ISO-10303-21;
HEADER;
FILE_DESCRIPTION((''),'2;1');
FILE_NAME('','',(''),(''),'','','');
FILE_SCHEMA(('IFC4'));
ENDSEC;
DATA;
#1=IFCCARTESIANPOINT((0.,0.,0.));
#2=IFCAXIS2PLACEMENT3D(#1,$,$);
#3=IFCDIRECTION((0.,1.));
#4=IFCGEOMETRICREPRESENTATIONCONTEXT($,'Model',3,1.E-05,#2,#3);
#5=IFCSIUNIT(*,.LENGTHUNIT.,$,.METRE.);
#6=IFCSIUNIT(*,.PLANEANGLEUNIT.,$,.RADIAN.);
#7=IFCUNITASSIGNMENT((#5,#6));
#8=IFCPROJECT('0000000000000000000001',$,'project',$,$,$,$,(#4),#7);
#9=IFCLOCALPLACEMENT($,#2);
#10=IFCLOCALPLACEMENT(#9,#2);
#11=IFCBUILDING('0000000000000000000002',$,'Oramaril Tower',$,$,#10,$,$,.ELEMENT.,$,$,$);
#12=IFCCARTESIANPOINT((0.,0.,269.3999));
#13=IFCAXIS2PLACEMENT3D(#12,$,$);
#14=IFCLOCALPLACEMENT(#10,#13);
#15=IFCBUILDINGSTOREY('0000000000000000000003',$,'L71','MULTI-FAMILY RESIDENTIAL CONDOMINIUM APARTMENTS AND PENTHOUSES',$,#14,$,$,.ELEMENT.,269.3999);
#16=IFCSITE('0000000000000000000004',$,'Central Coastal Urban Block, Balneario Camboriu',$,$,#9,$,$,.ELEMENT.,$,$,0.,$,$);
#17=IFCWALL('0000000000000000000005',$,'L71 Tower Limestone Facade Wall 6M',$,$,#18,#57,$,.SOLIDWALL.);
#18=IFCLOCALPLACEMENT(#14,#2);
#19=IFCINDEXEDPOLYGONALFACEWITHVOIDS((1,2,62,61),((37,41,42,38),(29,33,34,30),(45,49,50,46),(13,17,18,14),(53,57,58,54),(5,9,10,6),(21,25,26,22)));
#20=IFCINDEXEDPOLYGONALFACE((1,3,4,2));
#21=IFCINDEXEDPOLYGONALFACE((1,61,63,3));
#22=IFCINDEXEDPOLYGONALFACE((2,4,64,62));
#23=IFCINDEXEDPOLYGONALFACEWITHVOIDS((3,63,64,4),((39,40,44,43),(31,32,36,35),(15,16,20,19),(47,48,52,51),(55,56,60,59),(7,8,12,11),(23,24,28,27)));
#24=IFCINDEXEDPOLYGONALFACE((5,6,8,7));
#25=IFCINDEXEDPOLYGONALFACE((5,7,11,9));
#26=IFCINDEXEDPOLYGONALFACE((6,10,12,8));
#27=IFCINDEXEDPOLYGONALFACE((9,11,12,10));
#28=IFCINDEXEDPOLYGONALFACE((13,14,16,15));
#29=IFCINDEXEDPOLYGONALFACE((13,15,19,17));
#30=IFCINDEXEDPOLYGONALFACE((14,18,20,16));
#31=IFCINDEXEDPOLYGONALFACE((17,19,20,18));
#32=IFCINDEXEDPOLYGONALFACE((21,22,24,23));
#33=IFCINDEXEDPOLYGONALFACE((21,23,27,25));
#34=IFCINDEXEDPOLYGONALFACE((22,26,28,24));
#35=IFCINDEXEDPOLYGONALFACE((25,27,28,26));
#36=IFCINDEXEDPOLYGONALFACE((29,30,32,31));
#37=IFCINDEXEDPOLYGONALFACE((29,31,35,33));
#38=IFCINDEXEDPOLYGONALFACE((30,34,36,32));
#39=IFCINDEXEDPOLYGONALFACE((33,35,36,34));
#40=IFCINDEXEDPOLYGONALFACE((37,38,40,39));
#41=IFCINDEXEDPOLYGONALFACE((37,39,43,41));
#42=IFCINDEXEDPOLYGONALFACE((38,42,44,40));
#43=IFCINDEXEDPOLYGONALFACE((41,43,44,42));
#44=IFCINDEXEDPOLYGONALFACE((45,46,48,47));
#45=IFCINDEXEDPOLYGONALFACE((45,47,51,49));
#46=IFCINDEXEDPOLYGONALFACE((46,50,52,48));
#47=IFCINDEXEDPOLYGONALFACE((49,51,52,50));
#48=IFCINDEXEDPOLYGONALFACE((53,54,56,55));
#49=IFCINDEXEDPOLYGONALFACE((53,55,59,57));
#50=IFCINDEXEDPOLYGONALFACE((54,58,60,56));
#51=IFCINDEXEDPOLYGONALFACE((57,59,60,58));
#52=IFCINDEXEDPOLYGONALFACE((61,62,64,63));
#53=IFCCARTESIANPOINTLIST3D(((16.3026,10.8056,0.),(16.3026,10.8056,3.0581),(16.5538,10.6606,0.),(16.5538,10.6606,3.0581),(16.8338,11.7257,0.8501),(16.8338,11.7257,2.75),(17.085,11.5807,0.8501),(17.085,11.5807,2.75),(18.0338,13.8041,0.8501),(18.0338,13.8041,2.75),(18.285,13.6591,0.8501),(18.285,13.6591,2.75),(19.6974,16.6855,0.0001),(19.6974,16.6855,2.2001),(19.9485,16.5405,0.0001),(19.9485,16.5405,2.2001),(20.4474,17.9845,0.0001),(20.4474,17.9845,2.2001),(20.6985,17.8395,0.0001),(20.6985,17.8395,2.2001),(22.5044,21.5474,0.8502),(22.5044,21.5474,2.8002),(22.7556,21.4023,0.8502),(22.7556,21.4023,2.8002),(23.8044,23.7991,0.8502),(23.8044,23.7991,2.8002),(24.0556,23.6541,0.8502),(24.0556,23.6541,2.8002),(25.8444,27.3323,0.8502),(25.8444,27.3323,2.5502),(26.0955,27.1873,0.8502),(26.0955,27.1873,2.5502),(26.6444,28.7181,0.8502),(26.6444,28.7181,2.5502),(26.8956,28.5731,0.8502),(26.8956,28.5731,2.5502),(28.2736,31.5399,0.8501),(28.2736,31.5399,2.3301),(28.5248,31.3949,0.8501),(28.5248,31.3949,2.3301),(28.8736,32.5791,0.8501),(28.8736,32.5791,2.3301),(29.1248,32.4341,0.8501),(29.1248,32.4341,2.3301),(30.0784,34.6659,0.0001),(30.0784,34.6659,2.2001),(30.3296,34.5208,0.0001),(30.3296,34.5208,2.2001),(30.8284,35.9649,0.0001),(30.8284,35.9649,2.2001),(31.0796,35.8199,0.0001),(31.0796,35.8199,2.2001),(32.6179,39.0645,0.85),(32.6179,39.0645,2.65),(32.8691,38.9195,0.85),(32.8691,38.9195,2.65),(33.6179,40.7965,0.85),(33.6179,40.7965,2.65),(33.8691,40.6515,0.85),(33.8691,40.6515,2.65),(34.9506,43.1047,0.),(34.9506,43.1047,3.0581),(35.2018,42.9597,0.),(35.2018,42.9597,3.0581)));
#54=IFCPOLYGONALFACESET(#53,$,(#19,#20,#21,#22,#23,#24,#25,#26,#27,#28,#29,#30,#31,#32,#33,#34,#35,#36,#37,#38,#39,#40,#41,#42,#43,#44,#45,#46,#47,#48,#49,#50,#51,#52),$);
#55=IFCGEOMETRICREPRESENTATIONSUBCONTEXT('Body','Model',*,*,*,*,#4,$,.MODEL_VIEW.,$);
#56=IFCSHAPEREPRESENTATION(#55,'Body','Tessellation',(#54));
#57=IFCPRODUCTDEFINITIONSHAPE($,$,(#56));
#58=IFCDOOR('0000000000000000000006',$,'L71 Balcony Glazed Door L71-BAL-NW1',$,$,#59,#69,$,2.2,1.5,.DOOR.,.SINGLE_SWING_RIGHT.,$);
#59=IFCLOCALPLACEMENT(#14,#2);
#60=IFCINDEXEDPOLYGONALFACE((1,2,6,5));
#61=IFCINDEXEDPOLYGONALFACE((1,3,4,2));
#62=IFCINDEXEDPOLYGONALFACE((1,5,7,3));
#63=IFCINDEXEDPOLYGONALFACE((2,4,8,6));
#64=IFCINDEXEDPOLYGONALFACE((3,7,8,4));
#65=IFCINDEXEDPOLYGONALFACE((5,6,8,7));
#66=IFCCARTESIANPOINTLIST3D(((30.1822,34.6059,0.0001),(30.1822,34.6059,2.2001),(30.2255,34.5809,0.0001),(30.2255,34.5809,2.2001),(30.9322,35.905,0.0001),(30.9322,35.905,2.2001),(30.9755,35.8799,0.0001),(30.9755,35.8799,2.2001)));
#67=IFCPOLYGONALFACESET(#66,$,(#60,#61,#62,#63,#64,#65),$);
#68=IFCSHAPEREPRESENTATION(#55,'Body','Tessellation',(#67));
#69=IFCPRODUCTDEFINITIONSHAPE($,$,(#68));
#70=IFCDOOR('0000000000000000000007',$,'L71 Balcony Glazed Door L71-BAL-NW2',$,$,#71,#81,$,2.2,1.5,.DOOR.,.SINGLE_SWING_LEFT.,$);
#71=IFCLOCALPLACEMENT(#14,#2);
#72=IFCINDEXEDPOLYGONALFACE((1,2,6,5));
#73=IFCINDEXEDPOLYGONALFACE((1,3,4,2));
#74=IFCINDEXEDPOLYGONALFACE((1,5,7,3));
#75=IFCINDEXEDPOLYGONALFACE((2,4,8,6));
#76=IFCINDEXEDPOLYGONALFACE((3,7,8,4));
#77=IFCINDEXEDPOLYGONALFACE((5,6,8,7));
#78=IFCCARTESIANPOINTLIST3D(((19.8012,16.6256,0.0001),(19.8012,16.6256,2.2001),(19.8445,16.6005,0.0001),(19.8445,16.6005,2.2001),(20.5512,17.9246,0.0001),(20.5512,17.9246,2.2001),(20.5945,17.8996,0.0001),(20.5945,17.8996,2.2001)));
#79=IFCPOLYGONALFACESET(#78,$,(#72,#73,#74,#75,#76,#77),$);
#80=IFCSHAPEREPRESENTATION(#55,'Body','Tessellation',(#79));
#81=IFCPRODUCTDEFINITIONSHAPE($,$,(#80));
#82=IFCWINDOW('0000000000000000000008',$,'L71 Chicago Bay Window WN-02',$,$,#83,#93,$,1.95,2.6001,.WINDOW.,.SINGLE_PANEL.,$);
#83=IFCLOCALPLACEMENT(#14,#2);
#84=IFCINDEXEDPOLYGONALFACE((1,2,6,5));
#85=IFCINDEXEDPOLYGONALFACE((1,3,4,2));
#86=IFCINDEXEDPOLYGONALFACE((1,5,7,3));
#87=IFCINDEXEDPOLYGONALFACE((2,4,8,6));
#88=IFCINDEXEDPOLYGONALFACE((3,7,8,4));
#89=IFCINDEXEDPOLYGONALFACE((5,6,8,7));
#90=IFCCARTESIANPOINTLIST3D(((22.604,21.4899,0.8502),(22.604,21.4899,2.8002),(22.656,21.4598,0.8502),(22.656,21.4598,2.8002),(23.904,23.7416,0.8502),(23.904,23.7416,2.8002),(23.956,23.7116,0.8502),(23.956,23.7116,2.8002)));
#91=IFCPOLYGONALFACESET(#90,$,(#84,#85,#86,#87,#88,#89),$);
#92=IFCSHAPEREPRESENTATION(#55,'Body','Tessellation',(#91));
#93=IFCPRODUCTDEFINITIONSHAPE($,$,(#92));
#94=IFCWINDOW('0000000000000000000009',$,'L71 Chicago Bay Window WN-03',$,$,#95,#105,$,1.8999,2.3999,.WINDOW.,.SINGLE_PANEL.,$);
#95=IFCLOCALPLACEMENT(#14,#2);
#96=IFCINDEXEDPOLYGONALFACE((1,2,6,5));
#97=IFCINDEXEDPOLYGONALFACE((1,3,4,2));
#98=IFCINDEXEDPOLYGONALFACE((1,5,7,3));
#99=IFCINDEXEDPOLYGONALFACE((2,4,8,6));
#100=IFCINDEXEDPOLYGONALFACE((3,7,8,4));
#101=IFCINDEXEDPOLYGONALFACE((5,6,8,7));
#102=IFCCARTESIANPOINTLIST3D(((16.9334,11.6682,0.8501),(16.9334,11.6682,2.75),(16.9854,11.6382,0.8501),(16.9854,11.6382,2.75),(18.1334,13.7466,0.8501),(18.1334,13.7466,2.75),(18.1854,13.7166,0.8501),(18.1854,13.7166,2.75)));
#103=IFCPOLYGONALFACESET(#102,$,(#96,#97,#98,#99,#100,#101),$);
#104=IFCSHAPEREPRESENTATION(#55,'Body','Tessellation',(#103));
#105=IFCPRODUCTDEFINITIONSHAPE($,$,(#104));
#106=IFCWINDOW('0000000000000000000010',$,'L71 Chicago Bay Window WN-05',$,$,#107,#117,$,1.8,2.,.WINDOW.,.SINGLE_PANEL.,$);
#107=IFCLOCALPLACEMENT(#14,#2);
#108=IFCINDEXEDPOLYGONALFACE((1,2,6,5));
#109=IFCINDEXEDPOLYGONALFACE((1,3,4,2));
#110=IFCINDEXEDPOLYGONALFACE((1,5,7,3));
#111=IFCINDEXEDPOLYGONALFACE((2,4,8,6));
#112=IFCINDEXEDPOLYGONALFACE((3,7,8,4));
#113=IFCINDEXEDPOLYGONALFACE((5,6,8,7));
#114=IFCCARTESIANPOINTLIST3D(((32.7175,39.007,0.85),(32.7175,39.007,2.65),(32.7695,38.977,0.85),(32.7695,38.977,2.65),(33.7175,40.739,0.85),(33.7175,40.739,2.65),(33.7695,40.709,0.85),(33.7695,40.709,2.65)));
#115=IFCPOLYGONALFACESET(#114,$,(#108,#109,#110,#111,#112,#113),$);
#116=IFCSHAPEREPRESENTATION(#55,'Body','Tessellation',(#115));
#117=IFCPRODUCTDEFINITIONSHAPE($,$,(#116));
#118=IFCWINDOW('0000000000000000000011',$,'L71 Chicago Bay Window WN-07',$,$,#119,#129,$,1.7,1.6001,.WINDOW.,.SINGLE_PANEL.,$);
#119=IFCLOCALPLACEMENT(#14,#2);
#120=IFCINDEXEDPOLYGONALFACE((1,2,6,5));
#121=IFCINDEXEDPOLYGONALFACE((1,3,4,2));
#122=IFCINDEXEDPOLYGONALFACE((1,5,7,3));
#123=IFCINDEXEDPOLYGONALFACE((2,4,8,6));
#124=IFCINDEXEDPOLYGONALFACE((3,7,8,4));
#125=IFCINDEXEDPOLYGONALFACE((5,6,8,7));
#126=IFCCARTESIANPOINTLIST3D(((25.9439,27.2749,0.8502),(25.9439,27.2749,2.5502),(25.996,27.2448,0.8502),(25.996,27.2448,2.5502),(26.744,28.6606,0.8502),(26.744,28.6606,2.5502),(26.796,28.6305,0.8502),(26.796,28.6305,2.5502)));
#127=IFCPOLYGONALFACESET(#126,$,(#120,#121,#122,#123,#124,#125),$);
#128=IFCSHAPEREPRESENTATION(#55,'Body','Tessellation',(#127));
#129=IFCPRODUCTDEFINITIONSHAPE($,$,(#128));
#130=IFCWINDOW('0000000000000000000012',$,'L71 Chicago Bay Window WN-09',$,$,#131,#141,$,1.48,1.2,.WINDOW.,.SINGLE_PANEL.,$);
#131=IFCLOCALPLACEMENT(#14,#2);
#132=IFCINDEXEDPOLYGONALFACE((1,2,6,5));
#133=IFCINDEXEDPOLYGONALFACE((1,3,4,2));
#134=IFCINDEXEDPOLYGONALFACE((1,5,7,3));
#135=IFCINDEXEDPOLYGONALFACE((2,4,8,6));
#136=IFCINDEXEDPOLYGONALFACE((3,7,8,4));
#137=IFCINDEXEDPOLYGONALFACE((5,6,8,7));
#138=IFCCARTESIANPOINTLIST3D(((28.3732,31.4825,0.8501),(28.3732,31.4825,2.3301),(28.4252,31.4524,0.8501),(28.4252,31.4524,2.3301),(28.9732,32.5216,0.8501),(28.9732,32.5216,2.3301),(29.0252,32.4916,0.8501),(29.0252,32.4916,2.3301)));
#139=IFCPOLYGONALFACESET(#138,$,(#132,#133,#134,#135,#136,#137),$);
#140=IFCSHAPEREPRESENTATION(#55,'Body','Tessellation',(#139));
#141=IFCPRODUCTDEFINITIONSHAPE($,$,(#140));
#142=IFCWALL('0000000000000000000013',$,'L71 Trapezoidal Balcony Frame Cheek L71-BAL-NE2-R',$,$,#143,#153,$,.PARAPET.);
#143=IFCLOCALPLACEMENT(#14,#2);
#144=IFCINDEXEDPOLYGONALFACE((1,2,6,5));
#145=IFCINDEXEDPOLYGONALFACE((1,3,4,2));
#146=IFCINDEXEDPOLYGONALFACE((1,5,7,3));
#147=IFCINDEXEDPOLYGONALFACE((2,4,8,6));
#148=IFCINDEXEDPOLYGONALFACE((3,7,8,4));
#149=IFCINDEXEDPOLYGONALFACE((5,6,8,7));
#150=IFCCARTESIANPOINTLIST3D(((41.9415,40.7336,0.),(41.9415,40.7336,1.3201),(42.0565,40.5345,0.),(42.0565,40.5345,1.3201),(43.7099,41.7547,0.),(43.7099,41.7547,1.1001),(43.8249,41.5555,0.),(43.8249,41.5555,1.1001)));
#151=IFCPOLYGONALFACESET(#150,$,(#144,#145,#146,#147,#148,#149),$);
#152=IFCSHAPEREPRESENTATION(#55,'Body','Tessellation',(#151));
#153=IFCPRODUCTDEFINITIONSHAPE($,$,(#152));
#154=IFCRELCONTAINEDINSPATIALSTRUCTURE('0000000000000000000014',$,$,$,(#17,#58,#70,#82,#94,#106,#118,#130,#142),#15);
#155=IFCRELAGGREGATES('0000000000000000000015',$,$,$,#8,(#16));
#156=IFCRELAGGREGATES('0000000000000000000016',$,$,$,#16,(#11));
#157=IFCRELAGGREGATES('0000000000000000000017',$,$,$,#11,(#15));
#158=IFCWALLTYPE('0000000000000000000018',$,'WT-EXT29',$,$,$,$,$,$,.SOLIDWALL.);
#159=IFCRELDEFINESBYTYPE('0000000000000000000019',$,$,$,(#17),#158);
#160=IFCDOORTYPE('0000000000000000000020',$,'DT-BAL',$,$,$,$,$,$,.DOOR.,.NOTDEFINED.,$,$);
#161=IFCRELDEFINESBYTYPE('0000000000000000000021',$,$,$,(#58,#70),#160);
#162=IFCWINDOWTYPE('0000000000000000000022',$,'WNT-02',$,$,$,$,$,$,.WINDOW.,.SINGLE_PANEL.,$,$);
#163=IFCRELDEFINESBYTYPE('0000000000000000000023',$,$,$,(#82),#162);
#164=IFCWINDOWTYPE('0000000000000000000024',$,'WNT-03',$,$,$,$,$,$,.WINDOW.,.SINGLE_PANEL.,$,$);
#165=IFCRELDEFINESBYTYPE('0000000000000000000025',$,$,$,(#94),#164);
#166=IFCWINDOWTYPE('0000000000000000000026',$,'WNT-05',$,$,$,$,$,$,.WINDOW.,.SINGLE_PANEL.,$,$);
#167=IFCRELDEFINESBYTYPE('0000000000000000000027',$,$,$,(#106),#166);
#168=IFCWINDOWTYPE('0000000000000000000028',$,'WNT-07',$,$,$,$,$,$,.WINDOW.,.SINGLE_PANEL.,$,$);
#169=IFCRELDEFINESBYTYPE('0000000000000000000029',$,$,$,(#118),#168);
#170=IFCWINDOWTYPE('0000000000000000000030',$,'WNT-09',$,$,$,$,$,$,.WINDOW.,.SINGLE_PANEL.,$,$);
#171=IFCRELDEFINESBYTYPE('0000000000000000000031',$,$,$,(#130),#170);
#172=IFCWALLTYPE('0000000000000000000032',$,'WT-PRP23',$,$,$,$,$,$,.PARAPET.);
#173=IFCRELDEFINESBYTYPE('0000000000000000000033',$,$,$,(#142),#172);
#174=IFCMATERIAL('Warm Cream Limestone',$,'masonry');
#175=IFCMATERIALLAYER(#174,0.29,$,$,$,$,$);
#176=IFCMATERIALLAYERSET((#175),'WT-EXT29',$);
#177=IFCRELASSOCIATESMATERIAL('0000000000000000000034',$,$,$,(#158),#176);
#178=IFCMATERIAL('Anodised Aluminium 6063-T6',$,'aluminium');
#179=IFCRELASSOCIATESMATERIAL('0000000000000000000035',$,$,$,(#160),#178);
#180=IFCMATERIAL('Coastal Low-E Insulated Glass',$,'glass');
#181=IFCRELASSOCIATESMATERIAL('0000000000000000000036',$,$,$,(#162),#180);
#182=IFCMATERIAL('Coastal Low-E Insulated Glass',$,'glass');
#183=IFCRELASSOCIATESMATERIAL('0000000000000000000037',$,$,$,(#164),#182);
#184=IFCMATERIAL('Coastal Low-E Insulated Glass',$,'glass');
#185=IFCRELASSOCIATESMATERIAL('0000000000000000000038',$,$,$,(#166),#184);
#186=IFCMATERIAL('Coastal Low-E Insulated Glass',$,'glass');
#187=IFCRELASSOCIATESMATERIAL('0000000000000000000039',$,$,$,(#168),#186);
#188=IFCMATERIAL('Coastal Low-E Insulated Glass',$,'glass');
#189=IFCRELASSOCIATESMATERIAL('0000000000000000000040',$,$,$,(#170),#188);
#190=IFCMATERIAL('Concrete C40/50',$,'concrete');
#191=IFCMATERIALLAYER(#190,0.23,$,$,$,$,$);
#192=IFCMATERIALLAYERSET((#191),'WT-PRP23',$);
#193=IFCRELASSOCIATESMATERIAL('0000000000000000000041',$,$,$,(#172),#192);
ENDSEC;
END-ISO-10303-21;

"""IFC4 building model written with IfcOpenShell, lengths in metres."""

from ifc_helpers import new_model, si_unit, direction, frame, frame_2d, origin, place, context, subcontext, project, spatial, polyline, rectangle, outline, extrude, material, layer, layer_set, type_object, element, fill, save


model = new_model("IFC4")

# Units and contexts
model_context = context("Model", 3, precision=1e-05, world=origin(), true_north=direction((0.0, 1.0)))
body_context = subcontext(model_context, "Body", "Model", "MODEL_VIEW")
ifc_project = project(units=[si_unit("LENGTHUNIT", "METRE"), si_unit("PLANEANGLEUNIT", "RADIAN")], contexts=[model_context])

# Site, building, storey
site_placement = place(None, origin())
site = spatial("IfcSite", under=ifc_project, at=site_placement, Name="Central Coastal Urban Block, Balneario Camboriu", CompositionType="ELEMENT", RefElevation=0.0)
building_placement = place(site_placement, origin())
building = spatial("IfcBuilding", under=site, at=building_placement, Name="Oramaril Tower", CompositionType="ELEMENT")
storey_placement = place(building_placement, frame((0.0, 0.0, 269.3999)))
storey = spatial("IfcBuildingStorey", under=building, at=storey_placement, Name="L71", Description="MULTI-FAMILY RESIDENTIAL CONDOMINIUM APARTMENTS AND PENTHOUSES", CompositionType="ELEMENT", Elevation=269.3999)

# Shared definitions
ifc_material_1 = material(Name="Warm Cream Limestone", Category="masonry")
ifc_layer_1 = layer(ifc_material_1, 0.29)
ifc_layer_set_1 = layer_set([ifc_layer_1], Name="WT-EXT29")
wall_type_1 = type_object("IfcWallType", Name="WT-EXT29", PredefinedType="SOLIDWALL", material=ifc_layer_set_1)

# Wall, openings, doors, windows
wall_1_placement = place(storey_placement, frame((35.0762, 43.0322, 0.0), z_axis=(0.0, 0.0, 1.0), x_axis=(-0.500001, -0.866025, 0.0)))
wall_1 = element("IfcWall", 1, at=wall_1_placement, inside=storey, type_object=wall_type_1, Name="L71 Tower Limestone Facade Wall 6M", PredefinedType="SOLIDWALL", context=body_context, shape_type="SweptSolid", body=[
    extrude(rectangle(XDim=37.2959, YDim=0.29, at=frame_2d((18.6479, 0.0))), origin(), (0.0, 0.0, 1.0), 3.0581),
])
opening_1_placement = place(wall_1_placement, frame((8.2444, 0.0, 0.0)))
opening_1 = element("IfcOpeningElement", 2, at=opening_1_placement, cuts=wall_1, PredefinedType="OPENING", context=body_context, shape_type="SweptSolid", body=[
    extrude(rectangle(XDim=1.5, YDim=2.2, at=frame_2d((0.75, 1.1001))), frame((0.0, 0.145, 0.0), z_axis=(0.0, -1.0, 0.0), x_axis=(1.0, 0.0, 0.0)), (0.0, 0.0, 1.0), 0.29),
])
opening_2_placement = place(wall_1_placement, frame((29.0063, 0.0, 0.0)))
opening_2 = element("IfcOpeningElement", 3, at=opening_2_placement, cuts=wall_1, PredefinedType="OPENING", context=body_context, shape_type="SweptSolid", body=[
    extrude(rectangle(XDim=1.5, YDim=2.2, at=frame_2d((0.75, 1.1001))), frame((0.0, 0.145, 0.0), z_axis=(0.0, -1.0, 0.0), x_axis=(1.0, 0.0, 0.0)), (0.0, 0.0, 1.0), 0.29),
])
opening_3_placement = place(wall_1_placement, frame((22.2922, 0.0, 0.8501)))
opening_3 = element("IfcOpeningElement", 4, at=opening_3_placement, cuts=wall_1, PredefinedType="OPENING", context=body_context, shape_type="SweptSolid", body=[
    extrude(rectangle(XDim=2.6001, YDim=1.95, at=frame_2d((1.3, 0.9751))), frame((0.0, 0.145, 0.0), z_axis=(0.0, -1.0, 0.0), x_axis=(1.0, 0.0, 0.0)), (0.0, 0.0, 1.0), 0.29),
])
opening_4_placement = place(wall_1_placement, frame((33.8335, 0.0, 0.8501)))
opening_4 = element("IfcOpeningElement", 5, at=opening_4_placement, cuts=wall_1, PredefinedType="OPENING", context=body_context, shape_type="SweptSolid", body=[
    extrude(rectangle(XDim=2.3999, YDim=1.8999, at=frame_2d((1.2, 0.95))), frame((0.0, 0.145, 0.0), z_axis=(0.0, -1.0, 0.0), x_axis=(1.0, 0.0, 0.0)), (0.0, 0.0, 1.0), 0.29),
])
opening_5_placement = place(wall_1_placement, frame((12.1538, 0.0, 0.8501)))
opening_5 = element("IfcOpeningElement", 6, at=opening_5_placement, cuts=wall_1, PredefinedType="OPENING", context=body_context, shape_type="SweptSolid", body=[
    extrude(rectangle(XDim=1.2, YDim=1.48, at=frame_2d((0.6001, 0.74))), frame((0.0, 0.145, 0.0), z_axis=(0.0, -1.0, 0.0), x_axis=(1.0, 0.0, 0.0)), (0.0, 0.0, 1.0), 0.29),
])
opening_6_placement = place(wall_1_placement, frame((16.6123, 0.0, 0.8501)))
opening_6 = element("IfcOpeningElement", 7, at=opening_6_placement, cuts=wall_1, PredefinedType="OPENING", context=body_context, shape_type="SweptSolid", body=[
    extrude(rectangle(XDim=1.6001, YDim=1.7, at=frame_2d((0.8, 0.8501))), frame((0.0, 0.145, 0.0), z_axis=(0.0, -1.0, 0.0), x_axis=(1.0, 0.0, 0.0)), (0.0, 0.0, 1.0), 0.29),
])
opening_7_placement = place(wall_1_placement, frame((2.6653, 0.0, 0.8501)))
opening_7 = element("IfcOpeningElement", 8, at=opening_7_placement, cuts=wall_1, PredefinedType="OPENING", context=body_context, shape_type="SweptSolid", body=[
    extrude(rectangle(XDim=2.0, YDim=1.8, at=frame_2d((1.0, 0.8999))), frame((0.0, 0.145, 0.0), z_axis=(0.0, -1.0, 0.0), x_axis=(1.0, 0.0, 0.0)), (0.0, 0.0, 1.0), 0.29),
])
ifc_material_2 = material(Name="Anodised Aluminium 6063-T6", Category="aluminium")
door_type = type_object("IfcDoorType", Name="DT-BAL", OperationType="NOTDEFINED", PredefinedType="DOOR", material=ifc_material_2)
door_1_placement = place(opening_1_placement, origin())
door_1 = element("IfcDoor", 9, at=door_1_placement, inside=storey, type_object=door_type, Name="L71 Balcony Glazed Door L71-BAL-NW1", OperationType="SINGLE_SWING_RIGHT", OverallHeight=2.2, OverallWidth=1.5, PredefinedType="DOOR", context=body_context, shape_type="SweptSolid", body=[
    extrude(rectangle(XDim=1.5, YDim=2.2, at=frame_2d((0.75, 1.1001))), frame((0.0, 0.0249, 0.0), z_axis=(0.0, -1.0, 0.0), x_axis=(1.0, 0.0, 0.0)), (0.0, 0.0, 1.0), 0.05),
])
fill(opening_1, door_1)
door_2_placement = place(opening_2_placement, origin())
door_2 = element("IfcDoor", 10, at=door_2_placement, inside=storey, type_object=door_type, Name="L71 Balcony Glazed Door L71-BAL-NW2", OperationType="SINGLE_SWING_LEFT", OverallHeight=2.2, OverallWidth=1.5, PredefinedType="DOOR", context=body_context, shape_type="SweptSolid", body=[
    extrude(rectangle(XDim=1.5, YDim=2.2, at=frame_2d((0.75, 1.1001))), frame((0.0, 0.0249, 0.0), z_axis=(0.0, -1.0, 0.0), x_axis=(1.0, 0.0, 0.0)), (0.0, 0.0, 1.0), 0.05),
])
fill(opening_2, door_2)
ifc_material_3 = material(Name="Coastal Low-E Insulated Glass", Category="glass")
window_type_1 = type_object("IfcWindowType", Name="WNT-02", PartitioningType="SINGLE_PANEL", PredefinedType="WINDOW", material=ifc_material_3)
window_1_placement = place(opening_3_placement, origin())
window_1 = element("IfcWindow", 11, at=window_1_placement, inside=storey, type_object=window_type_1, Name="L71 Chicago Bay Window WN-02", OverallHeight=1.95, OverallWidth=2.6001, PartitioningType="SINGLE_PANEL", PredefinedType="WINDOW", context=body_context, shape_type="SweptSolid", body=[
    extrude(rectangle(XDim=2.6001, YDim=1.95, at=frame_2d((1.3, 0.9751))), frame((0.0, 0.03, 0.0), z_axis=(0.0, -1.0, 0.0), x_axis=(1.0, 0.0, 0.0)), (0.0, 0.0, 1.0), 0.0601),
])
fill(opening_3, window_1)
ifc_material_4 = material(Name="Coastal Low-E Insulated Glass", Category="glass")
window_type_2 = type_object("IfcWindowType", Name="WNT-03", PartitioningType="SINGLE_PANEL", PredefinedType="WINDOW", material=ifc_material_4)
window_2_placement = place(opening_4_placement, origin())
window_2 = element("IfcWindow", 12, at=window_2_placement, inside=storey, type_object=window_type_2, Name="L71 Chicago Bay Window WN-03", OverallHeight=1.8999, OverallWidth=2.3999, PartitioningType="SINGLE_PANEL", PredefinedType="WINDOW", context=body_context, shape_type="SweptSolid", body=[
    extrude(rectangle(XDim=2.3999, YDim=1.8999, at=frame_2d((1.2, 0.95))), frame((0.0, 0.03, 0.0), z_axis=(0.0, -1.0, 0.0), x_axis=(1.0, 0.0, 0.0)), (0.0, 0.0, 1.0), 0.0601),
])
fill(opening_4, window_2)
ifc_material_5 = material(Name="Coastal Low-E Insulated Glass", Category="glass")
window_type_3 = type_object("IfcWindowType", Name="WNT-05", PartitioningType="SINGLE_PANEL", PredefinedType="WINDOW", material=ifc_material_5)
window_3_placement = place(opening_7_placement, origin())
window_3 = element("IfcWindow", 13, at=window_3_placement, inside=storey, type_object=window_type_3, Name="L71 Chicago Bay Window WN-05", OverallHeight=1.8, OverallWidth=2.0, PartitioningType="SINGLE_PANEL", PredefinedType="WINDOW", context=body_context, shape_type="SweptSolid", body=[
    extrude(rectangle(XDim=2.0, YDim=1.8, at=frame_2d((1.0, 0.8999))), frame((0.0, 0.03, 0.0), z_axis=(0.0, -1.0, 0.0), x_axis=(1.0, 0.0, 0.0)), (0.0, 0.0, 1.0), 0.0601),
])
fill(opening_7, window_3)
ifc_material_6 = material(Name="Coastal Low-E Insulated Glass", Category="glass")
window_type_4 = type_object("IfcWindowType", Name="WNT-07", PartitioningType="SINGLE_PANEL", PredefinedType="WINDOW", material=ifc_material_6)
window_4_placement = place(opening_6_placement, origin())
window_4 = element("IfcWindow", 14, at=window_4_placement, inside=storey, type_object=window_type_4, Name="L71 Chicago Bay Window WN-07", OverallHeight=1.7, OverallWidth=1.6001, PartitioningType="SINGLE_PANEL", PredefinedType="WINDOW", context=body_context, shape_type="SweptSolid", body=[
    extrude(rectangle(XDim=1.6001, YDim=1.7, at=frame_2d((0.8, 0.8501))), frame((0.0, 0.03, 0.0), z_axis=(0.0, -1.0, 0.0), x_axis=(1.0, 0.0, 0.0)), (0.0, 0.0, 1.0), 0.0601),
])
fill(opening_6, window_4)
ifc_material_7 = material(Name="Coastal Low-E Insulated Glass", Category="glass")
window_type_5 = type_object("IfcWindowType", Name="WNT-09", PartitioningType="SINGLE_PANEL", PredefinedType="WINDOW", material=ifc_material_7)
window_5_placement = place(opening_5_placement, origin())
window_5 = element("IfcWindow", 15, at=window_5_placement, inside=storey, type_object=window_type_5, Name="L71 Chicago Bay Window WN-09", OverallHeight=1.48, OverallWidth=1.2, PartitioningType="SINGLE_PANEL", PredefinedType="WINDOW", context=body_context, shape_type="SweptSolid", body=[
    extrude(rectangle(XDim=1.2, YDim=1.48, at=frame_2d((0.6001, 0.74))), frame((0.0, 0.03, 0.0), z_axis=(0.0, -1.0, 0.0), x_axis=(1.0, 0.0, 0.0)), (0.0, 0.0, 1.0), 0.0601),
])
fill(opening_5, window_5)

# Wall
ifc_material_8 = material(Name="Concrete C40/50", Category="concrete")
ifc_layer_2 = layer(ifc_material_8, 0.23)
ifc_layer_set_2 = layer_set([ifc_layer_2], Name="WT-PRP23")
wall_type_2 = type_object("IfcWallType", Name="WT-PRP23", PredefinedType="PARAPET", material=ifc_layer_set_2)
wall_2_placement = place(storey_placement, frame((41.999, 40.634, 0.0), z_axis=(0.0, 0.0, 1.0), x_axis=(0.866012, 0.500023, 0.0)))
element("IfcWall", 16, at=wall_2_placement, inside=storey, type_object=wall_type_2, Name="L71 Trapezoidal Balcony Frame Cheek L71-BAL-NE2-R", PredefinedType="PARAPET", context=body_context, shape_type="SweptSolid", body=[
    extrude(outline(polyline([(0.0, 0.0), (2.042, 0.0), (2.042, 1.1001), (0.0, 1.3201), (0.0, 0.0)])), frame((0.0, 0.115, 0.0), z_axis=(0.0, -1.0, 0.0), x_axis=(1.0, 0.0, 0.0)), (0.0, 0.0, 1.0), 0.23),
])

save(model, "model.ifc")
